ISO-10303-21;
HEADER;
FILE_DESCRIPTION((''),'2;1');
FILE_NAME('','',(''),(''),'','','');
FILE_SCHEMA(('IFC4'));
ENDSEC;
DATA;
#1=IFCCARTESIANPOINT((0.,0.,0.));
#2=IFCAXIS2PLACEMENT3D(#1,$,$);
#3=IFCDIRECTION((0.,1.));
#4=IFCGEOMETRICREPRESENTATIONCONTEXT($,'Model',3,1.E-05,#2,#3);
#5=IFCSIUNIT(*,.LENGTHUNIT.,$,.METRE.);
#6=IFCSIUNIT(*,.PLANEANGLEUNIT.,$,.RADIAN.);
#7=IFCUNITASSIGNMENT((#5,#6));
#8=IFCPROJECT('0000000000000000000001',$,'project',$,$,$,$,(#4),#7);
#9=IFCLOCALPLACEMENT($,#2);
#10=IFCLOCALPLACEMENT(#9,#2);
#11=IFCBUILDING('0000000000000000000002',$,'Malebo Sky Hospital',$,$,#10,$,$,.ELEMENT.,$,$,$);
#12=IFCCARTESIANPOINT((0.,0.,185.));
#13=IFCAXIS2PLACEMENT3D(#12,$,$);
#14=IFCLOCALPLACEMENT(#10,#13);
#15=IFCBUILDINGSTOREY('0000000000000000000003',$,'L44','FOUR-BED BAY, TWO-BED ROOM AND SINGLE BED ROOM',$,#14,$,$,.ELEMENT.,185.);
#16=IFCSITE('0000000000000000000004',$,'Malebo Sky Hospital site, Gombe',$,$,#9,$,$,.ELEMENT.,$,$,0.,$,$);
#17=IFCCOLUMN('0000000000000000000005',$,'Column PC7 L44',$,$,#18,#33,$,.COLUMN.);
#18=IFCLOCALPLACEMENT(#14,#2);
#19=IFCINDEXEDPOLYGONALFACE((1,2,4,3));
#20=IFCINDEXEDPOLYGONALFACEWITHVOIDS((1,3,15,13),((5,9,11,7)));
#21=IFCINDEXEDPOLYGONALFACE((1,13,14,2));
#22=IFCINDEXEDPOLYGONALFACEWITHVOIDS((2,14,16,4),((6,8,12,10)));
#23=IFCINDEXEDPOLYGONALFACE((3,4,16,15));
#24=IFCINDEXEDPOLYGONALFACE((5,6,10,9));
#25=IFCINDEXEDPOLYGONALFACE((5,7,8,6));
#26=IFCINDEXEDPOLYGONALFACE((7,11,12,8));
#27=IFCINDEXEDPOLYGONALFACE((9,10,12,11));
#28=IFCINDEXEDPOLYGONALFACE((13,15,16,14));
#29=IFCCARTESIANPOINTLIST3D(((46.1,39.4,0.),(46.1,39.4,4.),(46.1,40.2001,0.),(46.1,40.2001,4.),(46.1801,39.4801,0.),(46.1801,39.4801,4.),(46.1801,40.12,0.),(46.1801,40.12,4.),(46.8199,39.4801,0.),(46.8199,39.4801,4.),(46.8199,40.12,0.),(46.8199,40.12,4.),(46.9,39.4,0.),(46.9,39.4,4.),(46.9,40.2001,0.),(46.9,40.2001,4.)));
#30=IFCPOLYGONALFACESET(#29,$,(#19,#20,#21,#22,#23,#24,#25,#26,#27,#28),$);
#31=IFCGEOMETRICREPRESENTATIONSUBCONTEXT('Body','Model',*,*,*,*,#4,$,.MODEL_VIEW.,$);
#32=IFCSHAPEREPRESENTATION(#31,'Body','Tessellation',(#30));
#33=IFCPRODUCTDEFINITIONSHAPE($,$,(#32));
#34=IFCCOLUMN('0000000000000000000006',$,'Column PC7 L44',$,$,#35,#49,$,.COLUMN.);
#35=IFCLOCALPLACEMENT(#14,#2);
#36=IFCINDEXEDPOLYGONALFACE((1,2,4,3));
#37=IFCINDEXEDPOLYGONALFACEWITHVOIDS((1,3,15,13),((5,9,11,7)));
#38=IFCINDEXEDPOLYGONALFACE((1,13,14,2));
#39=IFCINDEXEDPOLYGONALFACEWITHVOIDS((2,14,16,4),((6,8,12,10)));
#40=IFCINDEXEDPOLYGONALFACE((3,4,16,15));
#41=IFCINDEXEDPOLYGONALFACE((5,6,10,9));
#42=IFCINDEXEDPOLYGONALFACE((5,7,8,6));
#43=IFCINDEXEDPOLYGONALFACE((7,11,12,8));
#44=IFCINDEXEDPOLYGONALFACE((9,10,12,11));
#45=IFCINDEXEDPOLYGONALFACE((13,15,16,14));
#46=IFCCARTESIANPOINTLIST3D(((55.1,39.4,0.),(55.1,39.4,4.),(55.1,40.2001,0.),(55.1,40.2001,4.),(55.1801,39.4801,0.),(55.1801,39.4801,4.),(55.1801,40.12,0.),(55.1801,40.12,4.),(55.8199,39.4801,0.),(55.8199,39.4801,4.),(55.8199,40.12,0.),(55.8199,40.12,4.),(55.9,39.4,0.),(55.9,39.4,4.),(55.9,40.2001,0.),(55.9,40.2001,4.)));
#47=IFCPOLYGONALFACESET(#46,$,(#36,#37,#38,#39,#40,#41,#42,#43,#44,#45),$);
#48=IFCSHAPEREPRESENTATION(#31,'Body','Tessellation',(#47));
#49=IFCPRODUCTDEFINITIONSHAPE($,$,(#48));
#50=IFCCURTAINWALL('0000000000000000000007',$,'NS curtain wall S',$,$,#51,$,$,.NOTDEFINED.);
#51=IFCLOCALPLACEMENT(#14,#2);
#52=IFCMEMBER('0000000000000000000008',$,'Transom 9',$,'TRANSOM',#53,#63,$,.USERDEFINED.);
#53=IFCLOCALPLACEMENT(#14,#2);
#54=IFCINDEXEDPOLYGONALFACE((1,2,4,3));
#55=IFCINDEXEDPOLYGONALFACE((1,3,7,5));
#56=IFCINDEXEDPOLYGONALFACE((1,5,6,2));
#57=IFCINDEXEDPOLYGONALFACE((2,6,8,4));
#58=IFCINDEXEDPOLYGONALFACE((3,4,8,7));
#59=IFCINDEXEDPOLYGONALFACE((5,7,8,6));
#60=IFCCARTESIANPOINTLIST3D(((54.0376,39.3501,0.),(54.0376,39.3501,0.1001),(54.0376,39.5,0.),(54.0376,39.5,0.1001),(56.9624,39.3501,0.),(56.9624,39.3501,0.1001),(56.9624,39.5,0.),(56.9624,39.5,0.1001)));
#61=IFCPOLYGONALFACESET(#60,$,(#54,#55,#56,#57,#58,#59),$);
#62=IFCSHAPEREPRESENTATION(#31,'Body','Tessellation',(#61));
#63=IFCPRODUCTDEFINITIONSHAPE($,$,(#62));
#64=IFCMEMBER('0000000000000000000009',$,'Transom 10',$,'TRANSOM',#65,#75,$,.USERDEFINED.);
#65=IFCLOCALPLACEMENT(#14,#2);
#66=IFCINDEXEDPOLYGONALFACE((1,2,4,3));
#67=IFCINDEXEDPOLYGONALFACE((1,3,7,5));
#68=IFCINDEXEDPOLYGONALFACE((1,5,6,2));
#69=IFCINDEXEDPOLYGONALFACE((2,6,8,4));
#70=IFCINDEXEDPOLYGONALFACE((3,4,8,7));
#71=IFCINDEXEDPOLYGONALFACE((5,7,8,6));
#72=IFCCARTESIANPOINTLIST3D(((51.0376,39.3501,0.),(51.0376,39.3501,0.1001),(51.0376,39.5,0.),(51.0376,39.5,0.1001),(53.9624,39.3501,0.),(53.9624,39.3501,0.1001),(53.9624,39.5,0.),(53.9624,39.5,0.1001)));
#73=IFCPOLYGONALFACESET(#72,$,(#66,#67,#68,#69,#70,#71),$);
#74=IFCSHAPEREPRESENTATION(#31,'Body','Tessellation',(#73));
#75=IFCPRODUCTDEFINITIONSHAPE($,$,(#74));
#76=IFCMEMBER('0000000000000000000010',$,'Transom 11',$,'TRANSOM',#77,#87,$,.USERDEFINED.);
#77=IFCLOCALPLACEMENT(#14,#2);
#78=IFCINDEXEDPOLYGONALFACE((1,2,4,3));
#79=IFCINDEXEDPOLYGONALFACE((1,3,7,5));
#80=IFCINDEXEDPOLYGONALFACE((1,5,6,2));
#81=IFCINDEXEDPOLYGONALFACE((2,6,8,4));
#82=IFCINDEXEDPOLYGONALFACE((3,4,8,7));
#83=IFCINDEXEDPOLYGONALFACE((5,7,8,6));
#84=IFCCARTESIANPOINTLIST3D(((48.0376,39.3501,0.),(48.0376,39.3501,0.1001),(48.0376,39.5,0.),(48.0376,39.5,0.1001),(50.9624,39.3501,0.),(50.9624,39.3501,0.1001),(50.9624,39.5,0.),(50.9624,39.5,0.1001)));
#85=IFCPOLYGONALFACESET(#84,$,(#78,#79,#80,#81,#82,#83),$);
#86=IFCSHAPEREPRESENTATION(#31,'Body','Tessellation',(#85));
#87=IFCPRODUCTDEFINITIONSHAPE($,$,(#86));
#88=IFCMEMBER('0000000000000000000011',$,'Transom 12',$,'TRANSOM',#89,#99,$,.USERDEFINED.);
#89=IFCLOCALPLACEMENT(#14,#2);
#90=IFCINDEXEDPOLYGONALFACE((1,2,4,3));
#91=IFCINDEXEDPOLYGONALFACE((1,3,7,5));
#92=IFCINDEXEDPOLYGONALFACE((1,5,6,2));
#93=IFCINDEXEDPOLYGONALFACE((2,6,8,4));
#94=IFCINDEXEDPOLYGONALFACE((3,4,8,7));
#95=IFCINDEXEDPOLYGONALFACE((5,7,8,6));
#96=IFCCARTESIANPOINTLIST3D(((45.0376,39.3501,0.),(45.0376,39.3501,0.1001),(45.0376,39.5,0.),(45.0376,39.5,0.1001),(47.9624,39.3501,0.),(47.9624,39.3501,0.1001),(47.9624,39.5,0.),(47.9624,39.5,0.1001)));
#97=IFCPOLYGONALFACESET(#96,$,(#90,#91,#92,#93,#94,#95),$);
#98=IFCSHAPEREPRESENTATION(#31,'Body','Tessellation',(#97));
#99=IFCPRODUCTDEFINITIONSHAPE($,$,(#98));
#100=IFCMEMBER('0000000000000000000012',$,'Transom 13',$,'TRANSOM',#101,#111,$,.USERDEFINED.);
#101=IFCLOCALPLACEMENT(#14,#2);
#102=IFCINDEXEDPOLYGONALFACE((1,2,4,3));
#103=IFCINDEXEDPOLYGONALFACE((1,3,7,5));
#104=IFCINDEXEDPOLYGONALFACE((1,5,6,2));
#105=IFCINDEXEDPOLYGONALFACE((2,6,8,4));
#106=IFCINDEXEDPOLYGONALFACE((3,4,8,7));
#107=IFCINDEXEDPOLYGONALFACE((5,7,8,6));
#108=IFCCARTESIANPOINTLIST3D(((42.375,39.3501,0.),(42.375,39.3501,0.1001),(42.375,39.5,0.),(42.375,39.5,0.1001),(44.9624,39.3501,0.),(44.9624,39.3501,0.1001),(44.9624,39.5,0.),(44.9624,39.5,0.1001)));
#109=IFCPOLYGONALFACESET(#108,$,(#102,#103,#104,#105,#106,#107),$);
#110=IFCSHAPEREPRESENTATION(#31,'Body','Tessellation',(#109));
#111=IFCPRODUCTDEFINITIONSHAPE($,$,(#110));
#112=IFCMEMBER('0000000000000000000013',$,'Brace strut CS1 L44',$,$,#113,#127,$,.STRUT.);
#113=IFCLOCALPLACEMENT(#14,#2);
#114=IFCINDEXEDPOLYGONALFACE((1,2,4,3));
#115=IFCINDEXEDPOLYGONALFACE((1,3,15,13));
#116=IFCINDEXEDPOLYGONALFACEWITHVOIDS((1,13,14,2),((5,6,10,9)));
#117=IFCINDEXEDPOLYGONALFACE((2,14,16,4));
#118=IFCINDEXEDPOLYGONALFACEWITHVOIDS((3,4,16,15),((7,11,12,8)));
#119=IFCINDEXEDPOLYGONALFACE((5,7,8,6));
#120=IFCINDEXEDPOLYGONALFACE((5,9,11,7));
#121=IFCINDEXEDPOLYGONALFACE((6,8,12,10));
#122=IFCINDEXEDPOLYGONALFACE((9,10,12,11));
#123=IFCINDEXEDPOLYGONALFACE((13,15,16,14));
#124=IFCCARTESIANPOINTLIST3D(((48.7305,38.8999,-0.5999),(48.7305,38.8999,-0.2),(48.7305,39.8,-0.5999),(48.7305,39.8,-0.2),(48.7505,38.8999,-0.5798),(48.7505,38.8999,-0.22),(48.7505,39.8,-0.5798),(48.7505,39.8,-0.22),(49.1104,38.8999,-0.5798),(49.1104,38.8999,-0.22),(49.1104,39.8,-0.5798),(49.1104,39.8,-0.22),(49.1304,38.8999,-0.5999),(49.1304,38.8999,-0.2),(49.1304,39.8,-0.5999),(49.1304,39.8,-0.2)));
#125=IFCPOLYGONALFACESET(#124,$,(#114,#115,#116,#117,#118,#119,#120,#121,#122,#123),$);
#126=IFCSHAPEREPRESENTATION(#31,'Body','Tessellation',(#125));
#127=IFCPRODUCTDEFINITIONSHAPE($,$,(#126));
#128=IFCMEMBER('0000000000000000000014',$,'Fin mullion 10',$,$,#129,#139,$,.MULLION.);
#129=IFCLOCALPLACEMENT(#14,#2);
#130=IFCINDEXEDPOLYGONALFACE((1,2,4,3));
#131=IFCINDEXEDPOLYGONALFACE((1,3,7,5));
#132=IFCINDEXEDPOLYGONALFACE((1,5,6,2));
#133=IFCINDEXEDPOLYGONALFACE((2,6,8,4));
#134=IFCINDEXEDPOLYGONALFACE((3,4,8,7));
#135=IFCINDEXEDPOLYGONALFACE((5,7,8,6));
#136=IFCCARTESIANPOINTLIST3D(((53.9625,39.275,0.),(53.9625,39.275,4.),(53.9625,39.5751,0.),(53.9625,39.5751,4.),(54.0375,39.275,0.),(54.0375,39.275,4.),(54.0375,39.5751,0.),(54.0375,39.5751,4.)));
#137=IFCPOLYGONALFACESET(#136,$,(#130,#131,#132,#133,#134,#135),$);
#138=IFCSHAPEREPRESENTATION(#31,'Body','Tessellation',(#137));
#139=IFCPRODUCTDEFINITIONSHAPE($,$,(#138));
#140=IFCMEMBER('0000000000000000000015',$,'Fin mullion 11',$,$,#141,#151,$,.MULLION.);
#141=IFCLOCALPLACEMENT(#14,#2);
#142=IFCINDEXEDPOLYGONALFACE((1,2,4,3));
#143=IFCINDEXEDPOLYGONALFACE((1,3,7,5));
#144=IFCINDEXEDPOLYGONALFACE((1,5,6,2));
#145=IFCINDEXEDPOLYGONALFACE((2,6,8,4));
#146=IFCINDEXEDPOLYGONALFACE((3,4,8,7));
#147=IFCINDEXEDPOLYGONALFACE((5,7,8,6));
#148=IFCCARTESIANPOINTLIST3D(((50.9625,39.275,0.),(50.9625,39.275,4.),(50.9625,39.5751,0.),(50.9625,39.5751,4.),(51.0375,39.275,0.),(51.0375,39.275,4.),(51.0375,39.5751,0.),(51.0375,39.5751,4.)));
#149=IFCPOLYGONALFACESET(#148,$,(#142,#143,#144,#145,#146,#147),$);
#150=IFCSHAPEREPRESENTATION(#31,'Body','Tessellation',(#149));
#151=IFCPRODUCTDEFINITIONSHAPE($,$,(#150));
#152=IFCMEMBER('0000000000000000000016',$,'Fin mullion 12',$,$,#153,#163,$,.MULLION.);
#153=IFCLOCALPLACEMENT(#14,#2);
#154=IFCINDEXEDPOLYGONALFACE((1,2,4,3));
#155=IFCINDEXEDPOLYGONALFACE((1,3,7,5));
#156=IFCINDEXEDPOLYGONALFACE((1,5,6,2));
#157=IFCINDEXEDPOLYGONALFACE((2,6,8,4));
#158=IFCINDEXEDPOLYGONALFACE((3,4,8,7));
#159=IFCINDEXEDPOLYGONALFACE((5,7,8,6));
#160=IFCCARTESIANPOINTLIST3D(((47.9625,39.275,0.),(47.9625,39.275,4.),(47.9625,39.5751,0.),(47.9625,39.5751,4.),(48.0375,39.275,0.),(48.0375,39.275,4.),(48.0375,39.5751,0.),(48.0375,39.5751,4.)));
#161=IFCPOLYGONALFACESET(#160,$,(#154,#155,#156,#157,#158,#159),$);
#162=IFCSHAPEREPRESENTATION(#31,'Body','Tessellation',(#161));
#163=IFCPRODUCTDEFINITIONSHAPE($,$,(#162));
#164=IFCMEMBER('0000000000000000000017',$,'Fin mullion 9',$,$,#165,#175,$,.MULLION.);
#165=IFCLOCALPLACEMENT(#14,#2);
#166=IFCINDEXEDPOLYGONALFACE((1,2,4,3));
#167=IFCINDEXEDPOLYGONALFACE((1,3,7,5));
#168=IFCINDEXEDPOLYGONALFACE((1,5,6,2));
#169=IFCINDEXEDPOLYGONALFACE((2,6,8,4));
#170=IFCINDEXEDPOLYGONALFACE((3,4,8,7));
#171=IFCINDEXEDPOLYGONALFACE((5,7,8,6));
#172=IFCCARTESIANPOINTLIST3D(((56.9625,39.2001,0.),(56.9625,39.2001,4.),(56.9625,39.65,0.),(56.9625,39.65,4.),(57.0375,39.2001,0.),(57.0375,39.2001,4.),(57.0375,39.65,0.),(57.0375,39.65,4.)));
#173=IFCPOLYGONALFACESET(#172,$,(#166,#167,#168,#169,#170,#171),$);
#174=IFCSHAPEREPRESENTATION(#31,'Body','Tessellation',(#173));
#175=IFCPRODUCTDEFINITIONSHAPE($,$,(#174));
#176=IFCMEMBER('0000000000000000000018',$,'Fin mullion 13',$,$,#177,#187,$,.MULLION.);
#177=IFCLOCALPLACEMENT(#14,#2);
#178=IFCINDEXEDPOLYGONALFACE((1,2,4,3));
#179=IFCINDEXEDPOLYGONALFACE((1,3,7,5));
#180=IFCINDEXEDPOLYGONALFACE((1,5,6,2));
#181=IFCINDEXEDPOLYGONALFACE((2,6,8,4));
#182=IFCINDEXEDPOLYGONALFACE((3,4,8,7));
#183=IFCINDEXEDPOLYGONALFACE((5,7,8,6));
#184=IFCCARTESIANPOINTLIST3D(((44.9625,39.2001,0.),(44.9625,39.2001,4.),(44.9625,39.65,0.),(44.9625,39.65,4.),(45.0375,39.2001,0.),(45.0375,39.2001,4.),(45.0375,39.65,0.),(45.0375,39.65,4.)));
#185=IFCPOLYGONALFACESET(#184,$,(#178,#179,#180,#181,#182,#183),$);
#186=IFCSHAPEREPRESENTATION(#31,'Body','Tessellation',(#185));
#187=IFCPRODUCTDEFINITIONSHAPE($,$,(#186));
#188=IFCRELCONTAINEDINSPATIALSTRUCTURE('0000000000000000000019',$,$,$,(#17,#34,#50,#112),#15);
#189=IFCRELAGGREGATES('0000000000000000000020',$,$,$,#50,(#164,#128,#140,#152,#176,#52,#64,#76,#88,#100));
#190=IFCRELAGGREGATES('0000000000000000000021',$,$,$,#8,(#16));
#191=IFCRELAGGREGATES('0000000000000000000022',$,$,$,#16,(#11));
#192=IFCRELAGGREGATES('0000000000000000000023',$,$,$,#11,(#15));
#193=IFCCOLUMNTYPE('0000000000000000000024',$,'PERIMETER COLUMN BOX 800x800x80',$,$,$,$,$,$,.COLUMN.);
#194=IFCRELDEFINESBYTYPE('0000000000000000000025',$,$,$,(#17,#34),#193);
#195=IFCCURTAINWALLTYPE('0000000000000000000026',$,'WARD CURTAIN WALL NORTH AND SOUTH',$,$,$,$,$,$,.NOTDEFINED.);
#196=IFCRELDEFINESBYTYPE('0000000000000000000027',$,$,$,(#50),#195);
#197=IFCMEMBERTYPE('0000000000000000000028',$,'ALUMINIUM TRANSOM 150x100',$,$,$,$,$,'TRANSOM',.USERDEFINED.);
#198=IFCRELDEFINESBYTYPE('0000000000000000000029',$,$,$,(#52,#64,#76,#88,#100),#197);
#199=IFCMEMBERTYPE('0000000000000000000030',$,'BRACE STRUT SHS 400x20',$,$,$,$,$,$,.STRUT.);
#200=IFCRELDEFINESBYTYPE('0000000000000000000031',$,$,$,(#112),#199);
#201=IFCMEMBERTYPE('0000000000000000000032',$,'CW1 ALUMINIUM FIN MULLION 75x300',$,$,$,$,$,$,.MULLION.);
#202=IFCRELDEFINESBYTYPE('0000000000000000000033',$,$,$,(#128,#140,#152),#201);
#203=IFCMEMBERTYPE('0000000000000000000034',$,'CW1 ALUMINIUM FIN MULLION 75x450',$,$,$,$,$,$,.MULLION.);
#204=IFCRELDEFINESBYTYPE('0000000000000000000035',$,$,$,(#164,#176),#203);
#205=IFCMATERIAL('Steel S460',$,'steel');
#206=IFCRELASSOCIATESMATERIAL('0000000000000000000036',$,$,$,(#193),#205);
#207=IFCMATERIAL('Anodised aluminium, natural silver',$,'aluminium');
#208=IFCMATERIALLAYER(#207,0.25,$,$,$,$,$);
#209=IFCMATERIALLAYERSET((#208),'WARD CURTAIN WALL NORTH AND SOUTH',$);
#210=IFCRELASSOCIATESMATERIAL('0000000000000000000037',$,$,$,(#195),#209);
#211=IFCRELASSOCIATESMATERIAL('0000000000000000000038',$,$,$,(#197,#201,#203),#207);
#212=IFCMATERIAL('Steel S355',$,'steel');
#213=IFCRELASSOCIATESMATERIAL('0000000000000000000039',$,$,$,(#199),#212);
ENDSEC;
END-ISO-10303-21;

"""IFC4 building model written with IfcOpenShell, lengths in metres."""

from ifc_helpers import new_model, si_unit, direction, frame, origin, origin_2d, place, context, subcontext, project, spatial, rectangle, hollow_rectangle, extrude, material, layer, layer_set, material_profile, profile_set, type_object, element, aggregate, save


model = new_model("IFC4")

# Units and contexts
model_context = context("Model", 3, precision=1e-05, world=origin(), true_north=direction((0.0, 1.0)))
body_context = subcontext(model_context, "Body", "Model", "MODEL_VIEW")
ifc_project = project(units=[si_unit("LENGTHUNIT", "METRE"), si_unit("PLANEANGLEUNIT", "RADIAN")], contexts=[model_context])

# Site, building, storey
site_placement = place(None, origin())
site = spatial("IfcSite", under=ifc_project, at=site_placement, Name="Malebo Sky Hospital site, Gombe", CompositionType="ELEMENT", RefElevation=0.0)
building_placement = place(site_placement, origin())
building = spatial("IfcBuilding", under=site, at=building_placement, Name="Malebo Sky Hospital", CompositionType="ELEMENT")
storey_placement = place(building_placement, frame((0.0, 0.0, 185.0)))
storey = spatial("IfcBuildingStorey", under=building, at=storey_placement, Name="L44", Description="FOUR-BED BAY, TWO-BED ROOM AND SINGLE BED ROOM", CompositionType="ELEMENT", Elevation=185.0)

# Columns
ifc_material_1 = material(Name="Steel S460", Category="steel")
ifc_material_profile_1 = material_profile(ifc_material_1, hollow_rectangle(XDim=0.8, YDim=0.8, WallThickness=0.0801, at=origin_2d()), Name="BOX 800x800x80")
ifc_profile_set_1 = profile_set([ifc_material_profile_1], Name="Steel S460")
column_type = type_object("IfcColumnType", Name="PERIMETER COLUMN BOX 800x800x80", PredefinedType="COLUMN", material=ifc_profile_set_1)
for number, where, z_axis, x_axis, name in (
    (1, (46.5, 39.8, 0.0), (0.0, 0.0, 1.0), (1.0, 0.0, 0.0), "Column PC7 L44"),
    (2, (55.5, 39.8, 0.0), (0.0, 0.0, 1.0), (1.0, 0.0, 0.0), "Column PC7 L44"),
):
    element("IfcColumn", number, at=place(storey_placement, frame(where, z_axis=z_axis, x_axis=x_axis)), inside=storey, type_object=column_type, Name=name, PredefinedType="COLUMN", context=body_context, shape_type="SweptSolid", body=[
        extrude(hollow_rectangle(XDim=0.8, YDim=0.8, WallThickness=0.0801, at=origin_2d()), origin(), (0.0, 0.0, 1.0), 4.0),
    ])

# Curtain wall, members
ifc_material_2 = material(Name="Anodised aluminium, natural silver", Category="aluminium")
ifc_layer_1 = layer(ifc_material_2, 0.25)
ifc_layer_set_1 = layer_set([ifc_layer_1], Name="WARD CURTAIN WALL NORTH AND SOUTH")
curtain_wall_type = type_object("IfcCurtainWallType", Name="WARD CURTAIN WALL NORTH AND SOUTH", PredefinedType="NOTDEFINED", material=ifc_layer_set_1)
curtain_wall_placement = place(storey_placement, origin())
curtain_wall = element("IfcCurtainWall", 3, at=curtain_wall_placement, inside=storey, type_object=curtain_wall_type, Name="NS curtain wall S", PredefinedType="NOTDEFINED")
ifc_material_profile_2 = material_profile(ifc_material_2, rectangle(XDim=0.1499, YDim=0.1001, at=origin_2d()), Name="ALUMINIUM TRANSOM 150x100")
ifc_profile_set_2 = profile_set([ifc_material_profile_2], Name="Anodised aluminium, natural silver")
member_type_1 = type_object("IfcMemberType", Name="ALUMINIUM TRANSOM 150x100", ElementType="TRANSOM", PredefinedType="USERDEFINED", material=ifc_profile_set_2)
member_1_placement = place(storey_placement, frame((56.9624, 39.425, 0.05), z_axis=(-1.0, 0.0, 0.0), x_axis=(0.0, -1.0, 0.0)))
member_1 = element("IfcMember", 4, at=member_1_placement, type_object=member_type_1, Name="Transom 9", ObjectType="TRANSOM", PredefinedType="USERDEFINED", context=body_context, shape_type="SweptSolid", body=[
    extrude(rectangle(XDim=0.1499, YDim=0.1001, at=origin_2d()), origin(), (0.0, 0.0, 1.0), 2.9248),
])
member_2_placement = place(storey_placement, frame((53.9624, 39.425, 0.05), z_axis=(-1.0, 0.0, 0.0), x_axis=(0.0, -1.0, 0.0)))
member_2 = element("IfcMember", 5, at=member_2_placement, type_object=member_type_1, Name="Transom 10", ObjectType="TRANSOM", PredefinedType="USERDEFINED", context=body_context, shape_type="SweptSolid", body=[
    extrude(rectangle(XDim=0.1499, YDim=0.1001, at=origin_2d()), origin(), (0.0, 0.0, 1.0), 2.9248),
])
member_3_placement = place(storey_placement, frame((50.9624, 39.425, 0.05), z_axis=(-1.0, 0.0, 0.0), x_axis=(0.0, -1.0, 0.0)))
member_3 = element("IfcMember", 6, at=member_3_placement, type_object=member_type_1, Name="Transom 11", ObjectType="TRANSOM", PredefinedType="USERDEFINED", context=body_context, shape_type="SweptSolid", body=[
    extrude(rectangle(XDim=0.1499, YDim=0.1001, at=origin_2d()), origin(), (0.0, 0.0, 1.0), 2.9248),
])
member_4_placement = place(storey_placement, frame((47.9624, 39.425, 0.05), z_axis=(-1.0, 0.0, 0.0), x_axis=(0.0, -1.0, 0.0)))
member_4 = element("IfcMember", 7, at=member_4_placement, type_object=member_type_1, Name="Transom 12", ObjectType="TRANSOM", PredefinedType="USERDEFINED", context=body_context, shape_type="SweptSolid", body=[
    extrude(rectangle(XDim=0.1499, YDim=0.1001, at=origin_2d()), origin(), (0.0, 0.0, 1.0), 2.9248),
])
member_5_placement = place(storey_placement, frame((44.9624, 39.425, 0.05), z_axis=(-1.0, 0.0, 0.0), x_axis=(0.0, -1.0, 0.0)))
member_5 = element("IfcMember", 8, at=member_5_placement, type_object=member_type_1, Name="Transom 13", ObjectType="TRANSOM", PredefinedType="USERDEFINED", context=body_context, shape_type="SweptSolid", body=[
    extrude(rectangle(XDim=0.1499, YDim=0.1001, at=origin_2d()), origin(), (0.0, 0.0, 1.0), 2.5874),
])

# Members
ifc_material_3 = material(Name="Steel S355", Category="steel")
ifc_material_profile_3 = material_profile(ifc_material_3, hollow_rectangle(XDim=0.3999, YDim=0.3999, WallThickness=0.02, at=origin_2d()), Name="SHS 400x20")
ifc_profile_set_3 = profile_set([ifc_material_profile_3], Name="Steel S355")
member_type_2 = type_object("IfcMemberType", Name="BRACE STRUT SHS 400x20", PredefinedType="STRUT", material=ifc_profile_set_3)
member_6_placement = place(storey_placement, frame((48.9304, 38.8999, -0.3999), z_axis=(0.0, 1.0, 0.0), x_axis=(-1.0, 0.0, 0.0)))
element("IfcMember", 9, at=member_6_placement, inside=storey, type_object=member_type_2, Name="Brace strut CS1 L44", PredefinedType="STRUT", context=body_context, shape_type="SweptSolid", body=[
    extrude(hollow_rectangle(XDim=0.3999, YDim=0.3999, WallThickness=0.02, at=origin_2d()), origin(), (0.0, 0.0, 1.0), 0.9001),
])
ifc_material_profile_4 = material_profile(ifc_material_2, rectangle(XDim=0.075, YDim=0.3, at=origin_2d()), Name="CW1 ALUMINIUM FIN MULLION 75x300")
ifc_profile_set_4 = profile_set([ifc_material_profile_4], Name="Anodised aluminium, natural silver")
member_type_3 = type_object("IfcMemberType", Name="CW1 ALUMINIUM FIN MULLION 75x300", PredefinedType="MULLION", material=ifc_profile_set_4)
member_7_placement = place(storey_placement, frame((54.0, 39.425, 0.0), z_axis=(0.0, 0.0, 1.0), x_axis=(-1.0, 0.0, 0.0)))
member_7 = element("IfcMember", 10, at=member_7_placement, type_object=member_type_3, Name="Fin mullion 10", PredefinedType="MULLION", context=body_context, shape_type="SweptSolid", body=[
    extrude(rectangle(XDim=0.075, YDim=0.3, at=origin_2d()), origin(), (0.0, 0.0, 1.0), 4.0),
])
member_8_placement = place(storey_placement, frame((51.0, 39.425, 0.0), z_axis=(0.0, 0.0, 1.0), x_axis=(-1.0, 0.0, 0.0)))
member_8 = element("IfcMember", 11, at=member_8_placement, type_object=member_type_3, Name="Fin mullion 11", PredefinedType="MULLION", context=body_context, shape_type="SweptSolid", body=[
    extrude(rectangle(XDim=0.075, YDim=0.3, at=origin_2d()), origin(), (0.0, 0.0, 1.0), 4.0),
])
member_9_placement = place(storey_placement, frame((48.0, 39.425, 0.0), z_axis=(0.0, 0.0, 1.0), x_axis=(-1.0, 0.0, 0.0)))
member_9 = element("IfcMember", 12, at=member_9_placement, type_object=member_type_3, Name="Fin mullion 12", PredefinedType="MULLION", context=body_context, shape_type="SweptSolid", body=[
    extrude(rectangle(XDim=0.075, YDim=0.3, at=origin_2d()), origin(), (0.0, 0.0, 1.0), 4.0),
])
ifc_material_profile_5 = material_profile(ifc_material_2, rectangle(XDim=0.075, YDim=0.45, at=origin_2d()), Name="CW1 ALUMINIUM FIN MULLION 75x450")
ifc_profile_set_5 = profile_set([ifc_material_profile_5], Name="Anodised aluminium, natural silver")
member_type_4 = type_object("IfcMemberType", Name="CW1 ALUMINIUM FIN MULLION 75x450", PredefinedType="MULLION", material=ifc_profile_set_5)
member_10_placement = place(storey_placement, frame((57.0, 39.425, 0.0), z_axis=(0.0, 0.0, 1.0), x_axis=(-1.0, 0.0, 0.0)))
member_10 = element("IfcMember", 13, at=member_10_placement, type_object=member_type_4, Name="Fin mullion 9", PredefinedType="MULLION", context=body_context, shape_type="SweptSolid", body=[
    extrude(rectangle(XDim=0.075, YDim=0.45, at=origin_2d()), origin(), (0.0, 0.0, 1.0), 4.0),
])
member_11_placement = place(storey_placement, frame((45.0, 39.425, 0.0), z_axis=(0.0, 0.0, 1.0), x_axis=(-1.0, 0.0, 0.0)))
member_11 = element("IfcMember", 14, at=member_11_placement, type_object=member_type_4, Name="Fin mullion 13", PredefinedType="MULLION", context=body_context, shape_type="SweptSolid", body=[
    extrude(rectangle(XDim=0.075, YDim=0.45, at=origin_2d()), origin(), (0.0, 0.0, 1.0), 4.0),
])

aggregate(curtain_wall, [member_10, member_7, member_8, member_9, member_11, member_1, member_2, member_3, member_4, member_5])

save(model, "model.ifc")
